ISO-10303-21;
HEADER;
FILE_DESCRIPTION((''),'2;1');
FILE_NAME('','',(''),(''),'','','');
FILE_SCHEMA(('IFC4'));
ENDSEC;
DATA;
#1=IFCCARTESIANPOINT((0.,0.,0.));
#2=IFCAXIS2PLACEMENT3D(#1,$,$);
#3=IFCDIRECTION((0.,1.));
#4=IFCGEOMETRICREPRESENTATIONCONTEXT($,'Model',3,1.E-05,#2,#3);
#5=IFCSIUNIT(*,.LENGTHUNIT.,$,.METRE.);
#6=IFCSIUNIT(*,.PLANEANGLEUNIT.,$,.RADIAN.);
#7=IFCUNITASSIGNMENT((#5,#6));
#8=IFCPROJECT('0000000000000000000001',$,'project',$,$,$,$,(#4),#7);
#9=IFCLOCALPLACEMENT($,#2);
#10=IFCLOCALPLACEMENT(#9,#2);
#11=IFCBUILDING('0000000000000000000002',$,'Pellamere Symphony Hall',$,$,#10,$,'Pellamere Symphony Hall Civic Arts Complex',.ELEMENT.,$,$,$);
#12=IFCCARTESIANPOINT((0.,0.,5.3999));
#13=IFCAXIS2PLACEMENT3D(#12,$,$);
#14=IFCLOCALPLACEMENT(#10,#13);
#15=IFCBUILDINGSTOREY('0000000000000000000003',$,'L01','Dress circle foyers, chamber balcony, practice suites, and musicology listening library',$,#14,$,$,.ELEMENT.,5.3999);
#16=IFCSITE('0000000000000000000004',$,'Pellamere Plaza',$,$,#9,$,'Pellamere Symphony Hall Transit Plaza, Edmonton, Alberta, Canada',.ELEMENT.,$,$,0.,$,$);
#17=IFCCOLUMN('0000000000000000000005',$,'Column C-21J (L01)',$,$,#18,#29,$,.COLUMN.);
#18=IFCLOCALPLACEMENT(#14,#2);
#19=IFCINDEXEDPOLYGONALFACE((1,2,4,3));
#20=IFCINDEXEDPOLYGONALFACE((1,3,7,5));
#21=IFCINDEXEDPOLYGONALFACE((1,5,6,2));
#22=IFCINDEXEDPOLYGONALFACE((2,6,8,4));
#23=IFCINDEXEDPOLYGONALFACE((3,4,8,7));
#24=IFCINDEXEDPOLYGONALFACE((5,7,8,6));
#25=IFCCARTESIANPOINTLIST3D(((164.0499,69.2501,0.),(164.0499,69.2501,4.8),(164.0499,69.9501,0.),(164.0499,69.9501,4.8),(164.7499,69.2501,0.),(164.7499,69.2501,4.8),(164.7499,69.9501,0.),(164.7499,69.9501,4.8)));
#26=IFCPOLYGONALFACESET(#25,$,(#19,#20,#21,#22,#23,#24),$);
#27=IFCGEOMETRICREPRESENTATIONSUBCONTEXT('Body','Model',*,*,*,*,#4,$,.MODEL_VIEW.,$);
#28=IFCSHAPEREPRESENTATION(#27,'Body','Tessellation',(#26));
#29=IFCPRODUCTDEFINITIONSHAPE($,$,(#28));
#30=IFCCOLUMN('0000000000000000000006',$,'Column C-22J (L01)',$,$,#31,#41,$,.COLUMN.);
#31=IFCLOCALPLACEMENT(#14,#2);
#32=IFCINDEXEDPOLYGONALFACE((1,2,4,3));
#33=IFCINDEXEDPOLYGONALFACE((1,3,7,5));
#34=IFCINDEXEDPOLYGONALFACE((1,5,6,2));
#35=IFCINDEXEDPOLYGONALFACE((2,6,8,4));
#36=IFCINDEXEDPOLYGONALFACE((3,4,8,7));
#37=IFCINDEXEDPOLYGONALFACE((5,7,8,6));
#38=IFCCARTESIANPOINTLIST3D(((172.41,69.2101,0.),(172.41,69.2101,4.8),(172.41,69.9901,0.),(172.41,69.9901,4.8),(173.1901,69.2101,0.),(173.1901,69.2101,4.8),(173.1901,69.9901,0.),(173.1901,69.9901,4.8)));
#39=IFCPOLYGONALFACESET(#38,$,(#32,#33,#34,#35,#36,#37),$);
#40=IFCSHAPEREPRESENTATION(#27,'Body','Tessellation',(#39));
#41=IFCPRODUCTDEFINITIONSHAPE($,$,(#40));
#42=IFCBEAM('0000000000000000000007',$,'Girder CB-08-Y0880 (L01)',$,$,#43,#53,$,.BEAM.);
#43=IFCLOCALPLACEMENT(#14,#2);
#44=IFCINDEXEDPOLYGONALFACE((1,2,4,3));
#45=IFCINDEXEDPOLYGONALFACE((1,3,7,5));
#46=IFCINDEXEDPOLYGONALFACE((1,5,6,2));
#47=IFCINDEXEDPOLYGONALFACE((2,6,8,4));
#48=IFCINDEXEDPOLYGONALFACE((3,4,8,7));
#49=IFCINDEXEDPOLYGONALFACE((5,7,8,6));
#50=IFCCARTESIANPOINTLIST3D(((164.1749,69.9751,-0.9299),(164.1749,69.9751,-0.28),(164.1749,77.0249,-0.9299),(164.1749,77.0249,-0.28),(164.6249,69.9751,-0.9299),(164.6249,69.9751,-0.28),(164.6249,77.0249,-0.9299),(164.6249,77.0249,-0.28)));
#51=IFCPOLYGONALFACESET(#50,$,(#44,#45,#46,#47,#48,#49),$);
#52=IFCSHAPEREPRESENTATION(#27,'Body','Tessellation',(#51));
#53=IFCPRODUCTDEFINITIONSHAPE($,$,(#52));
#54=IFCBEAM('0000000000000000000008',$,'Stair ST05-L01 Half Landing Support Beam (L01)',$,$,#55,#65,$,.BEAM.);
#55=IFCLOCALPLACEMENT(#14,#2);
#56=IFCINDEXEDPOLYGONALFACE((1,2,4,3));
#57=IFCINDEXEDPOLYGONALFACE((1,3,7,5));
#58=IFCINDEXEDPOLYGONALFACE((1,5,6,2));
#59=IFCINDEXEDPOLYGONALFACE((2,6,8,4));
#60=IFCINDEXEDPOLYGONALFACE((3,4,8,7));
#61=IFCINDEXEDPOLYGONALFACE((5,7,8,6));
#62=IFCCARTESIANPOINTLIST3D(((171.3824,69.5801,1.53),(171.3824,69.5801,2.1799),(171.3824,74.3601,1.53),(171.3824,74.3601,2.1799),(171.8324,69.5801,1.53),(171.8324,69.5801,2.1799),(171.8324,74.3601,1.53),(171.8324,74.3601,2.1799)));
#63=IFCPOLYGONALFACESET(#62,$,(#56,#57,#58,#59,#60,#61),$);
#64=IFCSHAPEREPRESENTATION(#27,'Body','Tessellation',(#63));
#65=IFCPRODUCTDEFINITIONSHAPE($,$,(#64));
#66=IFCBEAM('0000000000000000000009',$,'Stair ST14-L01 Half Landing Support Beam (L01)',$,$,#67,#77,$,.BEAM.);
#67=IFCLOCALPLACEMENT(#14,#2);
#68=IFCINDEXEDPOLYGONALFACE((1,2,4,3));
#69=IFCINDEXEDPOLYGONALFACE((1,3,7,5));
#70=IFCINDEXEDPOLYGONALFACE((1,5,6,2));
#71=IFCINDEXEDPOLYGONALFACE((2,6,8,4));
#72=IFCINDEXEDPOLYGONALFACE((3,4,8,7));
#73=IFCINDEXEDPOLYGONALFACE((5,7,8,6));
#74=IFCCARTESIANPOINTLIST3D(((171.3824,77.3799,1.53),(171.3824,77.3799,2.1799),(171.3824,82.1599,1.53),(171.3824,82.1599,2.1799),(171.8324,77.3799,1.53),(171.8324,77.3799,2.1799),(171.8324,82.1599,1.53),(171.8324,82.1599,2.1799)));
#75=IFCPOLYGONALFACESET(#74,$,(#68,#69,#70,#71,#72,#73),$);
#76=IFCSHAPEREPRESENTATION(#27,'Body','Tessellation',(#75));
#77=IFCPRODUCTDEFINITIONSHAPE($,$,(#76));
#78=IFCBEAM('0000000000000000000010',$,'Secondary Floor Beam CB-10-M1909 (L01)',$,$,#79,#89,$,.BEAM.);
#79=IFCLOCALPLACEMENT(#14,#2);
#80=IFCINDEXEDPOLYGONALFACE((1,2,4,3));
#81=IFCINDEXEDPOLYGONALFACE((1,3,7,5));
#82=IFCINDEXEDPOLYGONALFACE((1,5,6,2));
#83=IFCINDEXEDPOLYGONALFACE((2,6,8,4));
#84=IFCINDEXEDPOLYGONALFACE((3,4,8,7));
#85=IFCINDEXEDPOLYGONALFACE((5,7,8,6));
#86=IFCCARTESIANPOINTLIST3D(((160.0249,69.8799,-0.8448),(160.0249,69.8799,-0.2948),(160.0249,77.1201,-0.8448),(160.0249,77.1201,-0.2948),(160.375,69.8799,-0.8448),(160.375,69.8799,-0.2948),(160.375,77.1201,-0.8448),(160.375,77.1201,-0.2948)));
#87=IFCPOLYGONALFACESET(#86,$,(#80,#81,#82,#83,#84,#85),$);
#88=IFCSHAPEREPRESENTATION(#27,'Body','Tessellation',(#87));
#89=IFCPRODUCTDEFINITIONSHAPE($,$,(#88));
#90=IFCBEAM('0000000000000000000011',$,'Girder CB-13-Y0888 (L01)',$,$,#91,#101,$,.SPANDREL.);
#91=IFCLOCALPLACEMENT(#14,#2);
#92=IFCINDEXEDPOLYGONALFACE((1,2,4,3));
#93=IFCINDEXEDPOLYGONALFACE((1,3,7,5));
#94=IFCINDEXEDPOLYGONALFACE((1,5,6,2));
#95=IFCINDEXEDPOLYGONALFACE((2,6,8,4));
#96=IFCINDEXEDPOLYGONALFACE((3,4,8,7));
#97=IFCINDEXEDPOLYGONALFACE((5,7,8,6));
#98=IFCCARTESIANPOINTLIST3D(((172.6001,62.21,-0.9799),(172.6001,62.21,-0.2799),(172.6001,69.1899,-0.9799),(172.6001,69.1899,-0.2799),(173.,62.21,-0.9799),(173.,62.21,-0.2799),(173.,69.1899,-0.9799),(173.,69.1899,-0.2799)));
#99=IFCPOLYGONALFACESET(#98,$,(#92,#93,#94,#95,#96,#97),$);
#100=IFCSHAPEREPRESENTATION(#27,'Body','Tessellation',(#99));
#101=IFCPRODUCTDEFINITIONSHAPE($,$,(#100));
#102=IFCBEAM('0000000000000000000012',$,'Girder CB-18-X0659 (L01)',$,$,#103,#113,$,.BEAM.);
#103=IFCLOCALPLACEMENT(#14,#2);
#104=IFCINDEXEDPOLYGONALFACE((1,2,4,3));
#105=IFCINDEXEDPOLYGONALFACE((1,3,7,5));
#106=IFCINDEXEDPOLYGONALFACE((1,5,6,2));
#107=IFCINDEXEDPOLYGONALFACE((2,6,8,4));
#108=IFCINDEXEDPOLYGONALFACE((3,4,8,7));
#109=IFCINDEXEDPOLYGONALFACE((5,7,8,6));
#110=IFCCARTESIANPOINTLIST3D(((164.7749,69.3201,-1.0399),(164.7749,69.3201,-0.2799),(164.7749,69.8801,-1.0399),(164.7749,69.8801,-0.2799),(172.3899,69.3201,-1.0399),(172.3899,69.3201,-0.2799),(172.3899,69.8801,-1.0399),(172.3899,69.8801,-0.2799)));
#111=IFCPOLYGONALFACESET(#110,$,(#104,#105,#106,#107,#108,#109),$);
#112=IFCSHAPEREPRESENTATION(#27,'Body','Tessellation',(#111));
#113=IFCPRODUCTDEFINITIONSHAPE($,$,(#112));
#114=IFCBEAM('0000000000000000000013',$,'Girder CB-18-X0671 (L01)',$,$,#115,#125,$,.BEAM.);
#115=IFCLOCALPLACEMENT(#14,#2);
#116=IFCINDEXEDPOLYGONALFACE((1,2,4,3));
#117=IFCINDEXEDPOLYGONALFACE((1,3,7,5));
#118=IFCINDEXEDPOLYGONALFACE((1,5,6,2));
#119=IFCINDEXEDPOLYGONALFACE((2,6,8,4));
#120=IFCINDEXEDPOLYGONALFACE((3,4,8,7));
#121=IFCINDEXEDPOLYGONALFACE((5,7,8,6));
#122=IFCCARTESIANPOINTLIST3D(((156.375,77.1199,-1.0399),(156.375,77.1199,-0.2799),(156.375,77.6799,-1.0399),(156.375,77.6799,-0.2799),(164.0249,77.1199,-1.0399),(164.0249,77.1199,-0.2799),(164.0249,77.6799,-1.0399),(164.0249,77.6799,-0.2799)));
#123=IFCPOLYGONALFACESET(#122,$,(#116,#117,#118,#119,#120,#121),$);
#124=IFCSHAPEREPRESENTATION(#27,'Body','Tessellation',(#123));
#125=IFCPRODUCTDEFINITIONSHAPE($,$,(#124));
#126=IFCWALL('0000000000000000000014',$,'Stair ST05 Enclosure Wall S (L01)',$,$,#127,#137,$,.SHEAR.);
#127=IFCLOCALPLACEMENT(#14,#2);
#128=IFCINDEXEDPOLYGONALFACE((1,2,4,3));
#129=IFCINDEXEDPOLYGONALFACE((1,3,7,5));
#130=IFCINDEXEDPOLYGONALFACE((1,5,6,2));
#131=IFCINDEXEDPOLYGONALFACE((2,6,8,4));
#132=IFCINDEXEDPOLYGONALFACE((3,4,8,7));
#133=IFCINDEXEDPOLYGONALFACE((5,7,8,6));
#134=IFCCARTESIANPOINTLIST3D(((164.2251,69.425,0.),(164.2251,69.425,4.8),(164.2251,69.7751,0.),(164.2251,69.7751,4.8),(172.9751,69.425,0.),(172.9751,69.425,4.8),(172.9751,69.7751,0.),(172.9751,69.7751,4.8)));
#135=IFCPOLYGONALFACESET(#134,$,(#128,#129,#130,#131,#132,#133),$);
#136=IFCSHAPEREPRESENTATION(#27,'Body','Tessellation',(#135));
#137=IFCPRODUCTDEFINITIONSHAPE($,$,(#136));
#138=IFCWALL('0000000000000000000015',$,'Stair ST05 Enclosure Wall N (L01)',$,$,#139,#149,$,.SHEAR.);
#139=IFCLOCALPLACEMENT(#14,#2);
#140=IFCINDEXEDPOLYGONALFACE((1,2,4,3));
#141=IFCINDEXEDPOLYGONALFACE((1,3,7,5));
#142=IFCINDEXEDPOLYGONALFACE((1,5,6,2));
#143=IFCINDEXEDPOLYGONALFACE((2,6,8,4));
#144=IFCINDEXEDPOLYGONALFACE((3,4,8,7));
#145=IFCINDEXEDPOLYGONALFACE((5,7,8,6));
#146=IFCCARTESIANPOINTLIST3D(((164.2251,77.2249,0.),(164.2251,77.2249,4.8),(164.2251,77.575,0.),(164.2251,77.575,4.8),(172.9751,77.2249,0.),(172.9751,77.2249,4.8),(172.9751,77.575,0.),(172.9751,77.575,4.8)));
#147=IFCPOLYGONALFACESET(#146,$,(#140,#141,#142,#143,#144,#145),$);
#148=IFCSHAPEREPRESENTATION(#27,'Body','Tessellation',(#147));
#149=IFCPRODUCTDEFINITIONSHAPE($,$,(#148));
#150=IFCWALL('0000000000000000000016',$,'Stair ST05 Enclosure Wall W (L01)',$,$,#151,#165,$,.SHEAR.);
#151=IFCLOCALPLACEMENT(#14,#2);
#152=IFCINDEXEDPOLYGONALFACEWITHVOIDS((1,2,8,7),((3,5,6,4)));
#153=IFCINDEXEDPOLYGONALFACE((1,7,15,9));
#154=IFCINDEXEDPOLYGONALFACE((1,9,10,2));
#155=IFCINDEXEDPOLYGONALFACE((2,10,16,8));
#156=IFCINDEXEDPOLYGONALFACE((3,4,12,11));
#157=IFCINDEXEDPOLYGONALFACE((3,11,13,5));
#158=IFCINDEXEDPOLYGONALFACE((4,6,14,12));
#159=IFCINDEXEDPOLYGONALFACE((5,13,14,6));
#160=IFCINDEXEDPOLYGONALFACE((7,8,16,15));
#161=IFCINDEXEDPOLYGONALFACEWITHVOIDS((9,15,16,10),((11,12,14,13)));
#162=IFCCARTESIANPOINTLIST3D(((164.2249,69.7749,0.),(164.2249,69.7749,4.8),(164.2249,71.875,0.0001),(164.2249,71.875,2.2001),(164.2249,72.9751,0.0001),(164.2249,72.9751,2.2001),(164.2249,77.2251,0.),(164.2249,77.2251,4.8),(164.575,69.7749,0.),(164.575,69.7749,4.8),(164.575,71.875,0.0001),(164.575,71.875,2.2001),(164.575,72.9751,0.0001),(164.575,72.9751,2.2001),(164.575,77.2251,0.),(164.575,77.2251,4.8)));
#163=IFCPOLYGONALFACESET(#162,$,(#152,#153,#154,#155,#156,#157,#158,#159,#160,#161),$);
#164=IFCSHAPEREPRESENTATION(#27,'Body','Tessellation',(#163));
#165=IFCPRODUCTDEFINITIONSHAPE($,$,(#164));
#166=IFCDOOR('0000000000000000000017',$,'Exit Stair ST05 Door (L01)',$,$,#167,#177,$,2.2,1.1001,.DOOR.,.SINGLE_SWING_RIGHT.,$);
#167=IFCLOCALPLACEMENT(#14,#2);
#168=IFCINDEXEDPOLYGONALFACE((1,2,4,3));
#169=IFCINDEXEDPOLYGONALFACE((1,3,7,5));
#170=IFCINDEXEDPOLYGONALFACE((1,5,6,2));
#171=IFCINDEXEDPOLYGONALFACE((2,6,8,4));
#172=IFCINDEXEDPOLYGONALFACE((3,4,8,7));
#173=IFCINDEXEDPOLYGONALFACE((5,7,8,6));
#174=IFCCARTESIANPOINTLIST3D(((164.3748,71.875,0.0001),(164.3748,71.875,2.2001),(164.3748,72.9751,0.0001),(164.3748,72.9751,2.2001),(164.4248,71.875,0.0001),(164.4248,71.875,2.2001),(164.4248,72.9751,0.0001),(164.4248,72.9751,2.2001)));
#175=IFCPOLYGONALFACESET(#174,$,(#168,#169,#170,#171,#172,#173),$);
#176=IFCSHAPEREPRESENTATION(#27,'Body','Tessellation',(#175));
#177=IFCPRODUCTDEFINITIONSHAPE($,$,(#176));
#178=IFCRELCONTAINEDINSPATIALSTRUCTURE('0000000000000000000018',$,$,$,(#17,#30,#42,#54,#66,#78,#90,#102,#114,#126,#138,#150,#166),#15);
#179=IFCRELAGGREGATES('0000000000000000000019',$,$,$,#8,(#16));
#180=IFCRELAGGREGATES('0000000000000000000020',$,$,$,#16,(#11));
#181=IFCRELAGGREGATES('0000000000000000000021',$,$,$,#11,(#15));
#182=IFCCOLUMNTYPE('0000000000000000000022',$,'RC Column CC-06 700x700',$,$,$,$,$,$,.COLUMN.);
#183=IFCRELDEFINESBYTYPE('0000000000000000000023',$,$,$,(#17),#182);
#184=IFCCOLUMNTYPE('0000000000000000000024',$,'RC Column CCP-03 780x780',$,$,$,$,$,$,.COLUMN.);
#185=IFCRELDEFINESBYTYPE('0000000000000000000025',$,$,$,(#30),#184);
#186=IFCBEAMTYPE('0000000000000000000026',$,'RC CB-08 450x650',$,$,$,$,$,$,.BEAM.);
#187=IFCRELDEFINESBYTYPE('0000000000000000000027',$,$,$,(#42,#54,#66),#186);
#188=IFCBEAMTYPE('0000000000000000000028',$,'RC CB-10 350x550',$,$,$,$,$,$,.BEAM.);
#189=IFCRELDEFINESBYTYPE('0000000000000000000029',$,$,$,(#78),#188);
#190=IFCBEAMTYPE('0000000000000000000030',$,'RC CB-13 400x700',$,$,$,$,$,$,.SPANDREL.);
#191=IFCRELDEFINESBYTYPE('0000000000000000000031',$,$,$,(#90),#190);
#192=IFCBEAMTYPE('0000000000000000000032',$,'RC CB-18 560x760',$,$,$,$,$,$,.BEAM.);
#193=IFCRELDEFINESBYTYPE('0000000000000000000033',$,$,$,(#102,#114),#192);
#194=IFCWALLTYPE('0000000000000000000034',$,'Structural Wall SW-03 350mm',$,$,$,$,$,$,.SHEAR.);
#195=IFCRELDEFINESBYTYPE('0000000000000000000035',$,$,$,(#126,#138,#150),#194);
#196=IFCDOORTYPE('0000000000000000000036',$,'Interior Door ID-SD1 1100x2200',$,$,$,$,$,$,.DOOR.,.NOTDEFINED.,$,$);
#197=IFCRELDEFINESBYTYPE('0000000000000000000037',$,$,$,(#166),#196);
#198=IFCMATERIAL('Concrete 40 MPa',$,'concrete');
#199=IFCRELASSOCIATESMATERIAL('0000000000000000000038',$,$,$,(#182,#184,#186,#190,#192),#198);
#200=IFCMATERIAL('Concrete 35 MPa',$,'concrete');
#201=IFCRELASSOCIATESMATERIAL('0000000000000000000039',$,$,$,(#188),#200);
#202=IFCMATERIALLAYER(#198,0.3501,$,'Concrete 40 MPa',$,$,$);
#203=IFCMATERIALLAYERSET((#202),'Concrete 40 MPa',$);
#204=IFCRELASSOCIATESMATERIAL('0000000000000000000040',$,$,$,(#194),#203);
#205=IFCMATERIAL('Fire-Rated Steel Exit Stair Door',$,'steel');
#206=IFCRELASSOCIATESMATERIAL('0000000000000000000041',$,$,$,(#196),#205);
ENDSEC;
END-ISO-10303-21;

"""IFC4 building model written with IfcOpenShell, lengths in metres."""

from ifc_helpers import new_model, si_unit, direction, frame, frame_2d, origin, origin_2d, place, context, subcontext, project, spatial, rectangle, extrude, material, layer, layer_set, material_profile, profile_set, type_object, element, fill, save


model = new_model("IFC4")

# Units and contexts
model_context = context("Model", 3, precision=1e-05, world=origin(), true_north=direction((0.0, 1.0)))
body_context = subcontext(model_context, "Body", "Model", "MODEL_VIEW")
ifc_project = project(units=[si_unit("LENGTHUNIT", "METRE"), si_unit("PLANEANGLEUNIT", "RADIAN")], contexts=[model_context])

# Site, building, storey
site_placement = place(None, origin())
site = spatial("IfcSite", under=ifc_project, at=site_placement, Name="Pellamere Plaza", LongName="Pellamere Symphony Hall Transit Plaza, Edmonton, Alberta, Canada", CompositionType="ELEMENT", RefElevation=0.0)
building_placement = place(site_placement, origin())
building = spatial("IfcBuilding", under=site, at=building_placement, Name="Pellamere Symphony Hall", LongName="Pellamere Symphony Hall Civic Arts Complex", CompositionType="ELEMENT")
storey_placement = place(building_placement, frame((0.0, 0.0, 5.3999)))
storey = spatial("IfcBuildingStorey", under=building, at=storey_placement, Name="L01", Description="Dress circle foyers, chamber balcony, practice suites, and musicology listening library", CompositionType="ELEMENT", Elevation=5.3999)

# Columns
ifc_material_1 = material(Name="Concrete 40 MPa", Category="concrete")
ifc_material_profile_1 = material_profile(ifc_material_1, rectangle(XDim=0.7, YDim=0.7, at=origin_2d()), Name="RC 700x700")
ifc_profile_set_1 = profile_set([ifc_material_profile_1], Name="Concrete 40 MPa")
column_type_1 = type_object("IfcColumnType", Name="RC Column CC-06 700x700", PredefinedType="COLUMN", material=ifc_profile_set_1)
column_1_placement = place(storey_placement, frame((164.3999, 69.6001, 0.0), z_axis=(0.0, 0.0, 1.0), x_axis=(1.0, 0.0, 0.0)))
element("IfcColumn", 1, at=column_1_placement, inside=storey, type_object=column_type_1, Name="Column C-21J (L01)", PredefinedType="COLUMN", context=body_context, shape_type="SweptSolid", body=[
    extrude(rectangle(XDim=0.7, YDim=0.7, at=origin_2d()), origin(), (0.0, 0.0, 1.0), 4.8),
])
ifc_material_profile_2 = material_profile(ifc_material_1, rectangle(XDim=0.78, YDim=0.78, at=origin_2d()), Name="RC 780x780")
ifc_profile_set_2 = profile_set([ifc_material_profile_2], Name="Concrete 40 MPa")
column_type_2 = type_object("IfcColumnType", Name="RC Column CCP-03 780x780", PredefinedType="COLUMN", material=ifc_profile_set_2)
column_2_placement = place(storey_placement, frame((172.8, 69.6001, 0.0), z_axis=(0.0, 0.0, 1.0), x_axis=(1.0, 0.0, 0.0)))
element("IfcColumn", 2, at=column_2_placement, inside=storey, type_object=column_type_2, Name="Column C-22J (L01)", PredefinedType="COLUMN", context=body_context, shape_type="SweptSolid", body=[
    extrude(rectangle(XDim=0.78, YDim=0.78, at=origin_2d()), origin(), (0.0, 0.0, 1.0), 4.8),
])

# Beams
ifc_material_profile_3 = material_profile(ifc_material_1, rectangle(XDim=0.45, YDim=0.6499, at=origin_2d()), Name="RC 450x650")
ifc_profile_set_3 = profile_set([ifc_material_profile_3], Name="Concrete 40 MPa")
beam_type_1 = type_object("IfcBeamType", Name="RC CB-08 450x650", PredefinedType="BEAM", material=ifc_profile_set_3)
beam_1_placement = place(storey_placement, frame((164.3999, 69.9751, -0.605), z_axis=(0.0, 1.0, 0.0), x_axis=(-1.0, 0.0, 0.0)))
element("IfcBeam", 3, at=beam_1_placement, inside=storey, type_object=beam_type_1, Name="Girder CB-08-Y0880 (L01)", PredefinedType="BEAM", context=body_context, shape_type="SweptSolid", body=[
    extrude(rectangle(XDim=0.45, YDim=0.6499, at=origin_2d()), origin(), (0.0, 0.0, 1.0), 7.0498),
])
for number, where, z_axis, x_axis, name in (
    (4, (171.6074, 69.5801, 1.855), (0.0, 1.0, 0.0), (-1.0, 0.0, 0.0), "Stair ST05-L01 Half Landing Support Beam (L01)"),
    (5, (171.6074, 77.3799, 1.855), (0.0, 1.0, 0.0), (-1.0, 0.0, 0.0), "Stair ST14-L01 Half Landing Support Beam (L01)"),
):
    element("IfcBeam", number, at=place(storey_placement, frame(where, z_axis=z_axis, x_axis=x_axis)), inside=storey, type_object=beam_type_1, Name=name, PredefinedType="BEAM", context=body_context, shape_type="SweptSolid", body=[
        extrude(rectangle(XDim=0.45, YDim=0.6499, at=origin_2d()), origin(), (0.0, 0.0, 1.0), 4.78),
    ])
ifc_material_2 = material(Name="Concrete 35 MPa", Category="concrete")
ifc_material_profile_4 = material_profile(ifc_material_2, rectangle(XDim=0.3501, YDim=0.55, at=origin_2d()), Name="RC 350x550")
ifc_profile_set_4 = profile_set([ifc_material_profile_4], Name="Concrete 35 MPa")
beam_type_2 = type_object("IfcBeamType", Name="RC CB-10 350x550", PredefinedType="BEAM", material=ifc_profile_set_4)
beam_2_placement = place(storey_placement, frame((160.2, 69.8799, -0.5698), z_axis=(0.0, 1.0, 0.0), x_axis=(-1.0, 0.0, 0.0)))
element("IfcBeam", 6, at=beam_2_placement, inside=storey, type_object=beam_type_2, Name="Secondary Floor Beam CB-10-M1909 (L01)", PredefinedType="BEAM", context=body_context, shape_type="SweptSolid", body=[
    extrude(rectangle(XDim=0.3501, YDim=0.55, at=origin_2d()), origin(), (0.0, 0.0, 1.0), 7.2402),
])
ifc_material_profile_5 = material_profile(ifc_material_1, rectangle(XDim=0.3999, YDim=0.7, at=origin_2d()), Name="RC 400x700")
ifc_profile_set_5 = profile_set([ifc_material_profile_5], Name="Concrete 40 MPa")
beam_type_3 = type_object("IfcBeamType", Name="RC CB-13 400x700", PredefinedType="SPANDREL", material=ifc_profile_set_5)
beam_3_placement = place(storey_placement, frame((172.8, 62.21, -0.6299), z_axis=(0.0, 1.0, 0.0), x_axis=(-1.0, 0.0, 0.0)))
element("IfcBeam", 7, at=beam_3_placement, inside=storey, type_object=beam_type_3, Name="Girder CB-13-Y0888 (L01)", PredefinedType="SPANDREL", context=body_context, shape_type="SweptSolid", body=[
    extrude(rectangle(XDim=0.3999, YDim=0.7, at=origin_2d()), origin(), (0.0, 0.0, 1.0), 6.98),
])
ifc_material_profile_6 = material_profile(ifc_material_1, rectangle(XDim=0.5601, YDim=0.76, at=origin_2d()), Name="RC 560x760")
ifc_profile_set_6 = profile_set([ifc_material_profile_6], Name="Concrete 40 MPa")
beam_type_4 = type_object("IfcBeamType", Name="RC CB-18 560x760", PredefinedType="BEAM", material=ifc_profile_set_6)
beam_4_placement = place(storey_placement, frame((164.7749, 69.6001, -0.6599), z_axis=(1.0, 0.0, 0.0), x_axis=(0.0, 1.0, 0.0)))
element("IfcBeam", 8, at=beam_4_placement, inside=storey, type_object=beam_type_4, Name="Girder CB-18-X0659 (L01)", PredefinedType="BEAM", context=body_context, shape_type="SweptSolid", body=[
    extrude(rectangle(XDim=0.5601, YDim=0.76, at=origin_2d()), origin(), (0.0, 0.0, 1.0), 7.615),
])
beam_5_placement = place(storey_placement, frame((156.375, 77.3999, -0.6599), z_axis=(1.0, 0.0, 0.0), x_axis=(0.0, 1.0, 0.0)))
element("IfcBeam", 9, at=beam_5_placement, inside=storey, type_object=beam_type_4, Name="Girder CB-18-X0671 (L01)", PredefinedType="BEAM", context=body_context, shape_type="SweptSolid", body=[
    extrude(rectangle(XDim=0.5601, YDim=0.76, at=origin_2d()), origin(), (0.0, 0.0, 1.0), 7.6499),
])

# Walls
ifc_layer_1 = layer(ifc_material_1, 0.3501, Name="Concrete 40 MPa")
ifc_layer_set_1 = layer_set([ifc_layer_1], Name="Concrete 40 MPa")
wall_type_1 = type_object("IfcWallType", Name="Structural Wall SW-03 350mm", PredefinedType="SHEAR", material=ifc_layer_set_1)
for number, where, z_axis, x_axis, name in (
    (10, (164.2251, 69.6001, 0.0), (0.0, 0.0, 1.0), (1.0, 0.0, 0.0), "Stair ST05 Enclosure Wall S (L01)"),
    (11, (164.2251, 77.3999, 0.0), (0.0, 0.0, 1.0), (1.0, 0.0, 0.0), "Stair ST05 Enclosure Wall N (L01)"),
):
    element("IfcWall", number, at=place(storey_placement, frame(where, z_axis=z_axis, x_axis=x_axis)), inside=storey, type_object=wall_type_1, Name=name, PredefinedType="SHEAR", context=body_context, shape_type="SweptSolid", body=[
        extrude(rectangle(XDim=8.75, YDim=0.3501, at=frame_2d((4.375, 0.0))), origin(), (0.0, 0.0, 1.0), 4.8),
    ])

# Wall, opening, door
wall_1_placement = place(storey_placement, frame((164.3999, 69.7749, 0.0), z_axis=(0.0, 0.0, 1.0), x_axis=(0.0, 1.0, 0.0)))
wall_1 = element("IfcWall", 12, at=wall_1_placement, inside=storey, type_object=wall_type_1, Name="Stair ST05 Enclosure Wall W (L01)", PredefinedType="SHEAR", context=body_context, shape_type="SweptSolid", body=[
    extrude(rectangle(XDim=7.4502, YDim=0.3501, at=frame_2d((3.7251, 0.0))), origin(), (0.0, 0.0, 1.0), 4.8),
])
opening_placement = place(wall_1_placement, frame((2.1001, 0.0, 0.0)))
opening = element("IfcOpeningElement", 13, at=opening_placement, cuts=wall_1, PredefinedType="OPENING", context=body_context, shape_type="SweptSolid", body=[
    extrude(rectangle(XDim=1.1001, YDim=2.2, at=frame_2d((0.55, 1.1001))), frame((0.0, 0.1851, 0.0), z_axis=(0.0, -1.0, 0.0), x_axis=(1.0, 0.0, 0.0)), (0.0, 0.0, 1.0), 0.3701),
])
ifc_material_3 = material(Name="Fire-Rated Steel Exit Stair Door", Category="steel")
door_type = type_object("IfcDoorType", Name="Interior Door ID-SD1 1100x2200", OperationType="NOTDEFINED", PredefinedType="DOOR", material=ifc_material_3)
door_placement = place(opening_placement, frame((1.1001, 0.0, 0.0), z_axis=(0.0, 0.0, 1.0), x_axis=(-1.0, 0.0, 0.0)))
door = element("IfcDoor", 14, at=door_placement, inside=storey, type_object=door_type, Name="Exit Stair ST05 Door (L01)", OperationType="SINGLE_SWING_RIGHT", OverallHeight=2.2, OverallWidth=1.1001, PredefinedType="DOOR", context=body_context, shape_type="SweptSolid", body=[
    extrude(rectangle(XDim=1.1001, YDim=2.2, at=frame_2d((0.55, 1.1001))), frame((0.0, 0.0249, 0.0), z_axis=(0.0, -1.0, 0.0), x_axis=(1.0, 0.0, 0.0)), (0.0, 0.0, 1.0), 0.05),
])
fill(opening, door)

save(model, "model.ifc")
